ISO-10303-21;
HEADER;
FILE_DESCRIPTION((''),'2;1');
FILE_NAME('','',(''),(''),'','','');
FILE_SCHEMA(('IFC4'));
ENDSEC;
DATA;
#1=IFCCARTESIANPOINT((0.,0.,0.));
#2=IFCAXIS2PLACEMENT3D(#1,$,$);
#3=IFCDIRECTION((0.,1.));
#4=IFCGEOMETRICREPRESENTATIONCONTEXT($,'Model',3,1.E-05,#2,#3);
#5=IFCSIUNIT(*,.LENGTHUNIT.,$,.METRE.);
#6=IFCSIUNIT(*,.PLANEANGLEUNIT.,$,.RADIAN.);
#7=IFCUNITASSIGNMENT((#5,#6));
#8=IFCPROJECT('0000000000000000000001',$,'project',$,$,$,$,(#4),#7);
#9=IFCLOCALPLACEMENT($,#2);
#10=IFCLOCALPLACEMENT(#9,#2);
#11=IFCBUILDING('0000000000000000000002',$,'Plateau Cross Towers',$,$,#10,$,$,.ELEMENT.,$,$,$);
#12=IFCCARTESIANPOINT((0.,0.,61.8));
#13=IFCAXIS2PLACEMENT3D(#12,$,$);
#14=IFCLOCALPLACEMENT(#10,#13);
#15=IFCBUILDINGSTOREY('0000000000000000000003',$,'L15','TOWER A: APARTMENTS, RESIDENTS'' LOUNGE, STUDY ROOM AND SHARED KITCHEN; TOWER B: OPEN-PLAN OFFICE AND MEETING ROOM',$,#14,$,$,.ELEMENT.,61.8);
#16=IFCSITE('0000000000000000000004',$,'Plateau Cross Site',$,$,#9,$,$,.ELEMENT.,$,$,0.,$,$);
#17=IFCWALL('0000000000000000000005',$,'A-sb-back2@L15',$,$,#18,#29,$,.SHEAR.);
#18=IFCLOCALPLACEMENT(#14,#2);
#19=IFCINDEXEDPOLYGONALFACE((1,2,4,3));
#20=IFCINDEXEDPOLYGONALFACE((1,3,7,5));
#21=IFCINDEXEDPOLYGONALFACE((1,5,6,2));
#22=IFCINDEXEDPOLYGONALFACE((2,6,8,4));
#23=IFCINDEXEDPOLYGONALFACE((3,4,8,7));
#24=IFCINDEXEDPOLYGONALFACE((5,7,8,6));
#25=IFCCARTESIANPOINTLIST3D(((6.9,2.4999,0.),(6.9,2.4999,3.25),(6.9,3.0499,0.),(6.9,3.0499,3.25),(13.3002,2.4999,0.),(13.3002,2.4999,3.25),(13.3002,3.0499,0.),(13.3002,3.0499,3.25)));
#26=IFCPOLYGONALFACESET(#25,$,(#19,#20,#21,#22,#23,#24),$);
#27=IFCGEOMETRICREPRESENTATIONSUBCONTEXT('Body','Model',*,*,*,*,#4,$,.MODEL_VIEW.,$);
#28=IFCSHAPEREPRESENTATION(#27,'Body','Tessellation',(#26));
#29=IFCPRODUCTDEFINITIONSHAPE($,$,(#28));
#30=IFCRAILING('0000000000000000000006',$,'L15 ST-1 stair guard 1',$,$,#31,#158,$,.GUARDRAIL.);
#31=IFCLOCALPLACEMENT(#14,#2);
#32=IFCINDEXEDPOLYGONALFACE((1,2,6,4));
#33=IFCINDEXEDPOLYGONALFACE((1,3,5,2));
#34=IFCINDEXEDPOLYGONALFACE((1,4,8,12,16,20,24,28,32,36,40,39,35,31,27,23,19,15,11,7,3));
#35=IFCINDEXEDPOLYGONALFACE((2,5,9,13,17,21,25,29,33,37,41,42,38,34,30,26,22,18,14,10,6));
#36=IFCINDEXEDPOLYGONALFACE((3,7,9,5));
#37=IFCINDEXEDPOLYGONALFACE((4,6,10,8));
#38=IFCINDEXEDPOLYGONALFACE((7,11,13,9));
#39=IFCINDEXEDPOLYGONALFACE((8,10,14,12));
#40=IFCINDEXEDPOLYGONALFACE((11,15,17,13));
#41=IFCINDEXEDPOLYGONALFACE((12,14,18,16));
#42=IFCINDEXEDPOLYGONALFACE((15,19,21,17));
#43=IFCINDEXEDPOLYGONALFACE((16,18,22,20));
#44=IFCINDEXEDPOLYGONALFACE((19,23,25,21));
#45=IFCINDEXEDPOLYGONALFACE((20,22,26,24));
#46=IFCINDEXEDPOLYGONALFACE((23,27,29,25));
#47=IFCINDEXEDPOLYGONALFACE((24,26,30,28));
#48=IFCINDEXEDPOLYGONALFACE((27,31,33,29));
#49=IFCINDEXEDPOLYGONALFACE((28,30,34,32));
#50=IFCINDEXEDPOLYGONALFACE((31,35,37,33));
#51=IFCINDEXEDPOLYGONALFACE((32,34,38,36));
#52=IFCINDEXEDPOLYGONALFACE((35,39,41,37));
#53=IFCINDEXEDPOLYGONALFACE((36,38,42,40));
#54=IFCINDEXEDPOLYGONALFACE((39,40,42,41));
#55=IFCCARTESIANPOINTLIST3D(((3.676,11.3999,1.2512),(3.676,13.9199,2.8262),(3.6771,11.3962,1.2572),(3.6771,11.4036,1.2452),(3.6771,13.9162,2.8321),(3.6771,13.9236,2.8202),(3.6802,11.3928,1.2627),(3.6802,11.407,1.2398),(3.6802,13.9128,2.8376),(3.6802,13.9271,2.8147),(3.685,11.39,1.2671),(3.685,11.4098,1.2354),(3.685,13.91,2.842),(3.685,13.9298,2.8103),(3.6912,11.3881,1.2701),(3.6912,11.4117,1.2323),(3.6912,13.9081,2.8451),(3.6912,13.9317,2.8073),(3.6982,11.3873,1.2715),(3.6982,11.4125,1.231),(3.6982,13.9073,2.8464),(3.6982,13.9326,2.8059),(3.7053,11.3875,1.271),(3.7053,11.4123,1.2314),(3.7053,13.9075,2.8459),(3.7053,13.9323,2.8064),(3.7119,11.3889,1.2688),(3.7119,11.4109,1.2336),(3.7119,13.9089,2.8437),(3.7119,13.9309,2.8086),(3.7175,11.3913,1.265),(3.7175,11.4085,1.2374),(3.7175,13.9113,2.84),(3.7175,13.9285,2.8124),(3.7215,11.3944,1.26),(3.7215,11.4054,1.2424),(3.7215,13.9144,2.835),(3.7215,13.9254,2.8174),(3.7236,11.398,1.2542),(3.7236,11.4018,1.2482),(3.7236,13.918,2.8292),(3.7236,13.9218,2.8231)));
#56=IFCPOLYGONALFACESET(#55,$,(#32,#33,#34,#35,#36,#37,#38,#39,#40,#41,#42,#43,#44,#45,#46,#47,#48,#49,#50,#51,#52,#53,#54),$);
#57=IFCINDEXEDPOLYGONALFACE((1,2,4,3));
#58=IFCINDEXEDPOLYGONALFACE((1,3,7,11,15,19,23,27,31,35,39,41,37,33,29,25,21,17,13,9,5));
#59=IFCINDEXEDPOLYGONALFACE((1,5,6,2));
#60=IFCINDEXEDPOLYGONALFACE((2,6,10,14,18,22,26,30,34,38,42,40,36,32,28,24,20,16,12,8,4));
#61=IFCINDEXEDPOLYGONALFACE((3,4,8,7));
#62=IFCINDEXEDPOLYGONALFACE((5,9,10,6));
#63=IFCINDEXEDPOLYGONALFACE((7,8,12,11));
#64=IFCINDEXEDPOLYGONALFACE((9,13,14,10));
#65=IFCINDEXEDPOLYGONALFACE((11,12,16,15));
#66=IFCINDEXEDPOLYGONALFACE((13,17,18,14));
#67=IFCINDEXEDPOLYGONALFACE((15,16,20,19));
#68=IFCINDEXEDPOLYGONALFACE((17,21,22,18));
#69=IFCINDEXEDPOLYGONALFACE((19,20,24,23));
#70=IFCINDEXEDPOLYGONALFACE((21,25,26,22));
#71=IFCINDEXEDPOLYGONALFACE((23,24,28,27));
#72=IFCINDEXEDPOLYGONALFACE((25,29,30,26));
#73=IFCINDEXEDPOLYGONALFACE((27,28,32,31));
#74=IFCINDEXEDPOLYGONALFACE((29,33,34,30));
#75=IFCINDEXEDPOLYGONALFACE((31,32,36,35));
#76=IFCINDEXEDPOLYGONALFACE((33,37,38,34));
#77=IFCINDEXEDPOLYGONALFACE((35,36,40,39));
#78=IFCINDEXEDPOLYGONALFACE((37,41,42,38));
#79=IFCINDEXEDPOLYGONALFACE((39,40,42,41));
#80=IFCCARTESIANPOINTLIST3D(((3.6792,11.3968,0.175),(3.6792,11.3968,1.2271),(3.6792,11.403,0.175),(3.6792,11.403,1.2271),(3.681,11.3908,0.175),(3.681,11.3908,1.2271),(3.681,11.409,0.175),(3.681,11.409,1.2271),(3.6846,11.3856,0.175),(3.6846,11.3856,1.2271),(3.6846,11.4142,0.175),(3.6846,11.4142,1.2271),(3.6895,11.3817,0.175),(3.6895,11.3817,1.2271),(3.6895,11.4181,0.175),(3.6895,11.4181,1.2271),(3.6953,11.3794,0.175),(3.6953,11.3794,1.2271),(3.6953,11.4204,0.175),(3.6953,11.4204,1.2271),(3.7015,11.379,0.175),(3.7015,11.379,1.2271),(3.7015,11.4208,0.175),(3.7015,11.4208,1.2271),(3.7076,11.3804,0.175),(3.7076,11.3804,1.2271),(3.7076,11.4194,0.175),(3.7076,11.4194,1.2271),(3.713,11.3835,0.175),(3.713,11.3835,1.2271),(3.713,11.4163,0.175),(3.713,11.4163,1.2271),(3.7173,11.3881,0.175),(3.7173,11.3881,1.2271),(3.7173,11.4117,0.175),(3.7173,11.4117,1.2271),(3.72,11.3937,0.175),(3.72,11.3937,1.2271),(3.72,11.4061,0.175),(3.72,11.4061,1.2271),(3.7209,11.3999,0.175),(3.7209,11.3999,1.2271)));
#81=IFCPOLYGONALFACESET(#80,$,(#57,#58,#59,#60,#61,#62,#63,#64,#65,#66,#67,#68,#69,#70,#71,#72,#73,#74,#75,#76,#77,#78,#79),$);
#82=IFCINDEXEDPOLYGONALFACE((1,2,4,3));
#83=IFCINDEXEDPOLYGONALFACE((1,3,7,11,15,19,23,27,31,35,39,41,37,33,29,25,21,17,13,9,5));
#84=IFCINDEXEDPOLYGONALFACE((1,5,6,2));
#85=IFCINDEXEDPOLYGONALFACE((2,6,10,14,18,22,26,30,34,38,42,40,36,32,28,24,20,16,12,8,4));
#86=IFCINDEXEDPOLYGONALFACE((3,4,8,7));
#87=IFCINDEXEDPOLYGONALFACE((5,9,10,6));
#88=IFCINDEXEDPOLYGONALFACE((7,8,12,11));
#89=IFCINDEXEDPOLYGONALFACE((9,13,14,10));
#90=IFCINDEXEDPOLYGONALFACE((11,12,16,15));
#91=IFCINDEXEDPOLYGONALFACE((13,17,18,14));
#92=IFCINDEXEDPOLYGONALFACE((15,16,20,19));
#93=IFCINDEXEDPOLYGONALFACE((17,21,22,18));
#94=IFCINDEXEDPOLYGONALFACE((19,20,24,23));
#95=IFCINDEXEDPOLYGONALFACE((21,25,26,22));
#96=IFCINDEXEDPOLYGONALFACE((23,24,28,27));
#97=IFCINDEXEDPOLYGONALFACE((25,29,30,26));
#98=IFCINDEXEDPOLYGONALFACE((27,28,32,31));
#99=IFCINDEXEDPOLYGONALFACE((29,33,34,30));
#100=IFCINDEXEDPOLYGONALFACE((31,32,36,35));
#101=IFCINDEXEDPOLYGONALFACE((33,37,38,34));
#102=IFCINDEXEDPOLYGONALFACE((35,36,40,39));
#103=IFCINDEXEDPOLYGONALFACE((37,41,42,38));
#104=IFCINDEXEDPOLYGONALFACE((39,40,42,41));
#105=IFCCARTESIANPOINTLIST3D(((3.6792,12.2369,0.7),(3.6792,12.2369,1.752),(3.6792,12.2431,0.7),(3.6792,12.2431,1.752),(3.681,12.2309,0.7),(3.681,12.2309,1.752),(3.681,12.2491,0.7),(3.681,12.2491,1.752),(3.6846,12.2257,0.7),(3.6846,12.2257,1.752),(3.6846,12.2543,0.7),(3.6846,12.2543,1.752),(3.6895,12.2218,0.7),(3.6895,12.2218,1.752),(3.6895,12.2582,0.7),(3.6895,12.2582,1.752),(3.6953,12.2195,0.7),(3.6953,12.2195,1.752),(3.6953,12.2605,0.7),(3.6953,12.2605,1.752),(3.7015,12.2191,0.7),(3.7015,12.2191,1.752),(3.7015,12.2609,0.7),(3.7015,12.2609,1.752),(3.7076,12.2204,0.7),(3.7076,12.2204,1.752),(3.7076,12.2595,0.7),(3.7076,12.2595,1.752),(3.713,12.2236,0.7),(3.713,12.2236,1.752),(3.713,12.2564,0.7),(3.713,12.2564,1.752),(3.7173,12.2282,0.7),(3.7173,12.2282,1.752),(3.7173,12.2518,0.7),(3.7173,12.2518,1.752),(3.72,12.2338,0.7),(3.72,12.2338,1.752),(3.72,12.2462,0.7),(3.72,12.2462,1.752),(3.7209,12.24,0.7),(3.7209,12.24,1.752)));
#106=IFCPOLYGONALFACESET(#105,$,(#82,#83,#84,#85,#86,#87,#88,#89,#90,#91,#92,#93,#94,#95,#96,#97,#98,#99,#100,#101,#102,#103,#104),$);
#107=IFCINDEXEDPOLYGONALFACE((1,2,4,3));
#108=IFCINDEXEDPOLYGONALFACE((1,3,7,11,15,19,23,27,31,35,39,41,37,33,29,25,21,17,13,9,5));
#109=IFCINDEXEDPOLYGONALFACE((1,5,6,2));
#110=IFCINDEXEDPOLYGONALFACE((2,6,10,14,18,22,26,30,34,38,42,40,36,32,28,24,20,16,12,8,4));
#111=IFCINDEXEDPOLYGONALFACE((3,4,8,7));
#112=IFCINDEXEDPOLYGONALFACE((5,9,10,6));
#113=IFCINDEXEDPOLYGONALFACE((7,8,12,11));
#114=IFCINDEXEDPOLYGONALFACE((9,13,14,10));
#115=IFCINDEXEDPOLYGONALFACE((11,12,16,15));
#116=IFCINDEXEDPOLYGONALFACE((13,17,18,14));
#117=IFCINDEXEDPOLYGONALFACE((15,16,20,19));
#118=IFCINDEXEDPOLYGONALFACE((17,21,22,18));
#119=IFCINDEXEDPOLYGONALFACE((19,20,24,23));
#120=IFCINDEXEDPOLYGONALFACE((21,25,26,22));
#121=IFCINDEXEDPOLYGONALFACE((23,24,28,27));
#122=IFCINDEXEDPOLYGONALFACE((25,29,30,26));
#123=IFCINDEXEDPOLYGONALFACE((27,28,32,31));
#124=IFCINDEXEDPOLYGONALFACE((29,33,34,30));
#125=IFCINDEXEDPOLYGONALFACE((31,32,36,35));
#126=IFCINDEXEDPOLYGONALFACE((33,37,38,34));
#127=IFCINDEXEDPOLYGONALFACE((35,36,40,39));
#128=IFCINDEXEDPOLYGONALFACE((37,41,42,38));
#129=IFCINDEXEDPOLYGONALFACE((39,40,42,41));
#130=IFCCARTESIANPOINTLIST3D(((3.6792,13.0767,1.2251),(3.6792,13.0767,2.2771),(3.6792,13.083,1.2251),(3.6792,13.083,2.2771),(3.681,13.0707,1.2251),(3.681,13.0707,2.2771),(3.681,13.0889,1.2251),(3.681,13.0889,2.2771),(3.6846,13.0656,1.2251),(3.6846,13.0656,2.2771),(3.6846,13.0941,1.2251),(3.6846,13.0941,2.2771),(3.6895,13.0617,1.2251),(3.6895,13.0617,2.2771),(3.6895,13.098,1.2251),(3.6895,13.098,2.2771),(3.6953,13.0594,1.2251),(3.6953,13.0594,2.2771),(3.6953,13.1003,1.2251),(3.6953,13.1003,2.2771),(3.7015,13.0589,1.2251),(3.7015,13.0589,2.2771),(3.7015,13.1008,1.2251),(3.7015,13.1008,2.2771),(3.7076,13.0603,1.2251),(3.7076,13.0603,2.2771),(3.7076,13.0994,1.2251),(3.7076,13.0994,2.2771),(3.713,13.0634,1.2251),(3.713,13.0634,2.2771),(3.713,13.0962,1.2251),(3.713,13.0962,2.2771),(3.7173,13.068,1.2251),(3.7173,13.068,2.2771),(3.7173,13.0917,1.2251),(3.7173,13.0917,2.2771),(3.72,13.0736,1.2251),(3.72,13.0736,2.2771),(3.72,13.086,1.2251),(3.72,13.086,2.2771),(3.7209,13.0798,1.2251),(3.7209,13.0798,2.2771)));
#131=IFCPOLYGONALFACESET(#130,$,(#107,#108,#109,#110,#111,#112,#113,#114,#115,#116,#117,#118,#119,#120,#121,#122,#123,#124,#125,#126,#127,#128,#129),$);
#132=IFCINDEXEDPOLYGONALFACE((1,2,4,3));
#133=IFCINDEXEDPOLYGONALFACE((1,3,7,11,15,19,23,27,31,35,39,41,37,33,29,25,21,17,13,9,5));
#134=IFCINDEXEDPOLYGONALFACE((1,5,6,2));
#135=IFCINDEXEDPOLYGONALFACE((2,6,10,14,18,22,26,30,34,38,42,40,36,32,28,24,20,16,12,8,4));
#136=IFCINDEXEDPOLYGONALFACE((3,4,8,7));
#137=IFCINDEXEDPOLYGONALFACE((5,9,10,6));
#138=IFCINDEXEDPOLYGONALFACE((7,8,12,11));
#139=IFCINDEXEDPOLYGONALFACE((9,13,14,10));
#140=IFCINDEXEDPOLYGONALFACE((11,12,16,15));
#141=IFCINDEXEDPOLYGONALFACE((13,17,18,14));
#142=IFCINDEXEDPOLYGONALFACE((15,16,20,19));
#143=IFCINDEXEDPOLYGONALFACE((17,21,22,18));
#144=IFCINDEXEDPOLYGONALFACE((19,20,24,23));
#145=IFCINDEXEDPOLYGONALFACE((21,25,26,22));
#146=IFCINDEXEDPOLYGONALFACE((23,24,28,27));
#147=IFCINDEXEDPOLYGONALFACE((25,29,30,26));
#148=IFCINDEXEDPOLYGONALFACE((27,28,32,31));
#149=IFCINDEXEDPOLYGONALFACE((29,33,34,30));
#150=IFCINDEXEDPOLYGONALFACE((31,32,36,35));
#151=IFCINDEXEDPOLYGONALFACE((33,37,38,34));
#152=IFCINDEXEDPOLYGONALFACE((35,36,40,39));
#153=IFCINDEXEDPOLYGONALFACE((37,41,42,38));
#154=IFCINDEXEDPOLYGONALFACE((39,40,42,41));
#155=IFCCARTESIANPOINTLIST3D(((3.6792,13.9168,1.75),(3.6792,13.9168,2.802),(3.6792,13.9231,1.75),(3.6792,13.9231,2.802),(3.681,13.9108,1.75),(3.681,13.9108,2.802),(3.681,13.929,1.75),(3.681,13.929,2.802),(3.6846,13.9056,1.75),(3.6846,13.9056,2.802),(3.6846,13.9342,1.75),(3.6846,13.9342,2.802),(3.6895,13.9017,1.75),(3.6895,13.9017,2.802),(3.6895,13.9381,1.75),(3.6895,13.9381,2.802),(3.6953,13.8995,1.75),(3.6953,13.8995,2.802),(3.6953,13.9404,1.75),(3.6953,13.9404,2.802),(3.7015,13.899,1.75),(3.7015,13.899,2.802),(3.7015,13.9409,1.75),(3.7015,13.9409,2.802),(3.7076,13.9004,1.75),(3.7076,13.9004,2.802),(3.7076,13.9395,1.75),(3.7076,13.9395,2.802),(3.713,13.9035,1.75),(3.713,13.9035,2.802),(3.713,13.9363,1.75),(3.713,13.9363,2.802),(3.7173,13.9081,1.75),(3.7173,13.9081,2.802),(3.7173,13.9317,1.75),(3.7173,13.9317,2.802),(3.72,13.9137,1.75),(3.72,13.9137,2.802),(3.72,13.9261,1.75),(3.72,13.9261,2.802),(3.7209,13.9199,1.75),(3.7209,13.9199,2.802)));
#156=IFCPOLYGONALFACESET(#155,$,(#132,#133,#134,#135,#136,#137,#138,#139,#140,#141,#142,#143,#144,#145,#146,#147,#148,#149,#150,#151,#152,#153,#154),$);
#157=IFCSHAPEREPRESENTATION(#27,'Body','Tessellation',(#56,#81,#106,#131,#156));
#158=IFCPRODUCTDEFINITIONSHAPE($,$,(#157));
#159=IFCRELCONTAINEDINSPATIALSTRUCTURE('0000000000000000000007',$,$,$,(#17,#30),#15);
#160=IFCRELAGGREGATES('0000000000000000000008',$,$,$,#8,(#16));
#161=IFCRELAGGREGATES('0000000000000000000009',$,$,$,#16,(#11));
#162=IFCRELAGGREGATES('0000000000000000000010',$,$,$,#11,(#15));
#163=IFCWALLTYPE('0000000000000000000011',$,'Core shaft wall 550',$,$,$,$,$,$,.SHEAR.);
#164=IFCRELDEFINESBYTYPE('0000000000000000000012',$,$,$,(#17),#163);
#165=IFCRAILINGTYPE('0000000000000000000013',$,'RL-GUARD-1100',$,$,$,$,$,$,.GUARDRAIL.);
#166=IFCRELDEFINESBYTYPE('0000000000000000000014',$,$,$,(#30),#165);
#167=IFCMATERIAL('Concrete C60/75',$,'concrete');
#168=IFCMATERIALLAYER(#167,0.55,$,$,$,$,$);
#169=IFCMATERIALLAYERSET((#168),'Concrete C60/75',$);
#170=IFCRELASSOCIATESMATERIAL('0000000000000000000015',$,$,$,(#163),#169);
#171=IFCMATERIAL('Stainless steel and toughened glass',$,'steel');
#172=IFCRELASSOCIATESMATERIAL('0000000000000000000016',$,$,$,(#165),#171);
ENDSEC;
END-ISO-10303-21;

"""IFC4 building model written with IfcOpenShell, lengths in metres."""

from ifc_helpers import new_model, si_unit, direction, frame, frame_2d, origin, origin_2d, place, context, subcontext, project, spatial, rectangle, circle, extrude, material, layer, layer_set, type_object, element, save


model = new_model("IFC4")

# Units and contexts
model_context = context("Model", 3, precision=1e-05, world=origin(), true_north=direction((0.0, 1.0)))
body_context = subcontext(model_context, "Body", "Model", "MODEL_VIEW")
ifc_project = project(units=[si_unit("LENGTHUNIT", "METRE"), si_unit("PLANEANGLEUNIT", "RADIAN")], contexts=[model_context])

# Site, building, storey
site_placement = place(None, origin())
site = spatial("IfcSite", under=ifc_project, at=site_placement, Name="Plateau Cross Site", CompositionType="ELEMENT", RefElevation=0.0)
building_placement = place(site_placement, origin())
building = spatial("IfcBuilding", under=site, at=building_placement, Name="Plateau Cross Towers", CompositionType="ELEMENT")
storey_placement = place(building_placement, frame((0.0, 0.0, 61.8)))
storey = spatial("IfcBuildingStorey", under=building, at=storey_placement, Name="L15", Description="TOWER A: APARTMENTS, RESIDENTS' LOUNGE, STUDY ROOM AND SHARED KITCHEN; TOWER B: OPEN-PLAN OFFICE AND MEETING ROOM", CompositionType="ELEMENT", Elevation=61.8)

# Shared definitions
ifc_material_1 = material(Name="Concrete C60/75", Category="concrete")

# Wall
ifc_layer_1 = layer(ifc_material_1, 0.55)
ifc_layer_set_1 = layer_set([ifc_layer_1], Name="Concrete C60/75")
wall_type_1 = type_object("IfcWallType", Name="Core shaft wall 550", PredefinedType="SHEAR", material=ifc_layer_set_1)
wall_1_placement = place(storey_placement, frame((6.8999, 2.7749, 0.0), z_axis=(0.0, 0.0, 1.0), x_axis=(1.0, 0.0, 0.0)))
element("IfcWall", 1, at=wall_1_placement, inside=storey, type_object=wall_type_1, Name="A-sb-back2@L15", PredefinedType="SHEAR", context=body_context, shape_type="SweptSolid", body=[
    extrude(rectangle(XDim=6.4001, YDim=0.55, at=frame_2d((3.2002, 0.0))), origin(), (0.0, 0.0, 1.0), 3.25),
])

# Railing
ifc_material_2 = material(Name="Stainless steel and toughened glass", Category="steel")
railing_type = type_object("IfcRailingType", Name="RL-GUARD-1100", PredefinedType="GUARDRAIL", material=ifc_material_2)
railing_1_placement = place(storey_placement, frame((3.7, 11.3999, 0.175)))
element("IfcRailing", 2, at=railing_1_placement, inside=storey, type_object=railing_type, Name="L15 ST-1 stair guard 1", PredefinedType="GUARDRAIL", context=body_context, shape_type="SweptSolid", body=[
    extrude(circle(Radius=0.0239, at=origin_2d()), frame((0.0, 0.0, 1.0762), z_axis=(0.0, 0.848008, 0.529984), x_axis=(-1.0, 0.0, 0.0)), (0.0, 0.0, 1.0), 2.9717),
    extrude(circle(Radius=0.021, at=origin_2d()), origin(), (0.0, 0.0, 1.0), 1.052),
    extrude(circle(Radius=0.021, at=origin_2d()), frame((0.0, 0.8401, 0.5249)), (0.0, 0.0, 1.0), 1.052),
    extrude(circle(Radius=0.021, at=origin_2d()), frame((0.0, 1.6799, 1.05)), (0.0, 0.0, 1.0), 1.052),
    extrude(circle(Radius=0.021, at=origin_2d()), frame((0.0, 2.52, 1.575)), (0.0, 0.0, 1.0), 1.052),
])

save(model, "model.ifc")
